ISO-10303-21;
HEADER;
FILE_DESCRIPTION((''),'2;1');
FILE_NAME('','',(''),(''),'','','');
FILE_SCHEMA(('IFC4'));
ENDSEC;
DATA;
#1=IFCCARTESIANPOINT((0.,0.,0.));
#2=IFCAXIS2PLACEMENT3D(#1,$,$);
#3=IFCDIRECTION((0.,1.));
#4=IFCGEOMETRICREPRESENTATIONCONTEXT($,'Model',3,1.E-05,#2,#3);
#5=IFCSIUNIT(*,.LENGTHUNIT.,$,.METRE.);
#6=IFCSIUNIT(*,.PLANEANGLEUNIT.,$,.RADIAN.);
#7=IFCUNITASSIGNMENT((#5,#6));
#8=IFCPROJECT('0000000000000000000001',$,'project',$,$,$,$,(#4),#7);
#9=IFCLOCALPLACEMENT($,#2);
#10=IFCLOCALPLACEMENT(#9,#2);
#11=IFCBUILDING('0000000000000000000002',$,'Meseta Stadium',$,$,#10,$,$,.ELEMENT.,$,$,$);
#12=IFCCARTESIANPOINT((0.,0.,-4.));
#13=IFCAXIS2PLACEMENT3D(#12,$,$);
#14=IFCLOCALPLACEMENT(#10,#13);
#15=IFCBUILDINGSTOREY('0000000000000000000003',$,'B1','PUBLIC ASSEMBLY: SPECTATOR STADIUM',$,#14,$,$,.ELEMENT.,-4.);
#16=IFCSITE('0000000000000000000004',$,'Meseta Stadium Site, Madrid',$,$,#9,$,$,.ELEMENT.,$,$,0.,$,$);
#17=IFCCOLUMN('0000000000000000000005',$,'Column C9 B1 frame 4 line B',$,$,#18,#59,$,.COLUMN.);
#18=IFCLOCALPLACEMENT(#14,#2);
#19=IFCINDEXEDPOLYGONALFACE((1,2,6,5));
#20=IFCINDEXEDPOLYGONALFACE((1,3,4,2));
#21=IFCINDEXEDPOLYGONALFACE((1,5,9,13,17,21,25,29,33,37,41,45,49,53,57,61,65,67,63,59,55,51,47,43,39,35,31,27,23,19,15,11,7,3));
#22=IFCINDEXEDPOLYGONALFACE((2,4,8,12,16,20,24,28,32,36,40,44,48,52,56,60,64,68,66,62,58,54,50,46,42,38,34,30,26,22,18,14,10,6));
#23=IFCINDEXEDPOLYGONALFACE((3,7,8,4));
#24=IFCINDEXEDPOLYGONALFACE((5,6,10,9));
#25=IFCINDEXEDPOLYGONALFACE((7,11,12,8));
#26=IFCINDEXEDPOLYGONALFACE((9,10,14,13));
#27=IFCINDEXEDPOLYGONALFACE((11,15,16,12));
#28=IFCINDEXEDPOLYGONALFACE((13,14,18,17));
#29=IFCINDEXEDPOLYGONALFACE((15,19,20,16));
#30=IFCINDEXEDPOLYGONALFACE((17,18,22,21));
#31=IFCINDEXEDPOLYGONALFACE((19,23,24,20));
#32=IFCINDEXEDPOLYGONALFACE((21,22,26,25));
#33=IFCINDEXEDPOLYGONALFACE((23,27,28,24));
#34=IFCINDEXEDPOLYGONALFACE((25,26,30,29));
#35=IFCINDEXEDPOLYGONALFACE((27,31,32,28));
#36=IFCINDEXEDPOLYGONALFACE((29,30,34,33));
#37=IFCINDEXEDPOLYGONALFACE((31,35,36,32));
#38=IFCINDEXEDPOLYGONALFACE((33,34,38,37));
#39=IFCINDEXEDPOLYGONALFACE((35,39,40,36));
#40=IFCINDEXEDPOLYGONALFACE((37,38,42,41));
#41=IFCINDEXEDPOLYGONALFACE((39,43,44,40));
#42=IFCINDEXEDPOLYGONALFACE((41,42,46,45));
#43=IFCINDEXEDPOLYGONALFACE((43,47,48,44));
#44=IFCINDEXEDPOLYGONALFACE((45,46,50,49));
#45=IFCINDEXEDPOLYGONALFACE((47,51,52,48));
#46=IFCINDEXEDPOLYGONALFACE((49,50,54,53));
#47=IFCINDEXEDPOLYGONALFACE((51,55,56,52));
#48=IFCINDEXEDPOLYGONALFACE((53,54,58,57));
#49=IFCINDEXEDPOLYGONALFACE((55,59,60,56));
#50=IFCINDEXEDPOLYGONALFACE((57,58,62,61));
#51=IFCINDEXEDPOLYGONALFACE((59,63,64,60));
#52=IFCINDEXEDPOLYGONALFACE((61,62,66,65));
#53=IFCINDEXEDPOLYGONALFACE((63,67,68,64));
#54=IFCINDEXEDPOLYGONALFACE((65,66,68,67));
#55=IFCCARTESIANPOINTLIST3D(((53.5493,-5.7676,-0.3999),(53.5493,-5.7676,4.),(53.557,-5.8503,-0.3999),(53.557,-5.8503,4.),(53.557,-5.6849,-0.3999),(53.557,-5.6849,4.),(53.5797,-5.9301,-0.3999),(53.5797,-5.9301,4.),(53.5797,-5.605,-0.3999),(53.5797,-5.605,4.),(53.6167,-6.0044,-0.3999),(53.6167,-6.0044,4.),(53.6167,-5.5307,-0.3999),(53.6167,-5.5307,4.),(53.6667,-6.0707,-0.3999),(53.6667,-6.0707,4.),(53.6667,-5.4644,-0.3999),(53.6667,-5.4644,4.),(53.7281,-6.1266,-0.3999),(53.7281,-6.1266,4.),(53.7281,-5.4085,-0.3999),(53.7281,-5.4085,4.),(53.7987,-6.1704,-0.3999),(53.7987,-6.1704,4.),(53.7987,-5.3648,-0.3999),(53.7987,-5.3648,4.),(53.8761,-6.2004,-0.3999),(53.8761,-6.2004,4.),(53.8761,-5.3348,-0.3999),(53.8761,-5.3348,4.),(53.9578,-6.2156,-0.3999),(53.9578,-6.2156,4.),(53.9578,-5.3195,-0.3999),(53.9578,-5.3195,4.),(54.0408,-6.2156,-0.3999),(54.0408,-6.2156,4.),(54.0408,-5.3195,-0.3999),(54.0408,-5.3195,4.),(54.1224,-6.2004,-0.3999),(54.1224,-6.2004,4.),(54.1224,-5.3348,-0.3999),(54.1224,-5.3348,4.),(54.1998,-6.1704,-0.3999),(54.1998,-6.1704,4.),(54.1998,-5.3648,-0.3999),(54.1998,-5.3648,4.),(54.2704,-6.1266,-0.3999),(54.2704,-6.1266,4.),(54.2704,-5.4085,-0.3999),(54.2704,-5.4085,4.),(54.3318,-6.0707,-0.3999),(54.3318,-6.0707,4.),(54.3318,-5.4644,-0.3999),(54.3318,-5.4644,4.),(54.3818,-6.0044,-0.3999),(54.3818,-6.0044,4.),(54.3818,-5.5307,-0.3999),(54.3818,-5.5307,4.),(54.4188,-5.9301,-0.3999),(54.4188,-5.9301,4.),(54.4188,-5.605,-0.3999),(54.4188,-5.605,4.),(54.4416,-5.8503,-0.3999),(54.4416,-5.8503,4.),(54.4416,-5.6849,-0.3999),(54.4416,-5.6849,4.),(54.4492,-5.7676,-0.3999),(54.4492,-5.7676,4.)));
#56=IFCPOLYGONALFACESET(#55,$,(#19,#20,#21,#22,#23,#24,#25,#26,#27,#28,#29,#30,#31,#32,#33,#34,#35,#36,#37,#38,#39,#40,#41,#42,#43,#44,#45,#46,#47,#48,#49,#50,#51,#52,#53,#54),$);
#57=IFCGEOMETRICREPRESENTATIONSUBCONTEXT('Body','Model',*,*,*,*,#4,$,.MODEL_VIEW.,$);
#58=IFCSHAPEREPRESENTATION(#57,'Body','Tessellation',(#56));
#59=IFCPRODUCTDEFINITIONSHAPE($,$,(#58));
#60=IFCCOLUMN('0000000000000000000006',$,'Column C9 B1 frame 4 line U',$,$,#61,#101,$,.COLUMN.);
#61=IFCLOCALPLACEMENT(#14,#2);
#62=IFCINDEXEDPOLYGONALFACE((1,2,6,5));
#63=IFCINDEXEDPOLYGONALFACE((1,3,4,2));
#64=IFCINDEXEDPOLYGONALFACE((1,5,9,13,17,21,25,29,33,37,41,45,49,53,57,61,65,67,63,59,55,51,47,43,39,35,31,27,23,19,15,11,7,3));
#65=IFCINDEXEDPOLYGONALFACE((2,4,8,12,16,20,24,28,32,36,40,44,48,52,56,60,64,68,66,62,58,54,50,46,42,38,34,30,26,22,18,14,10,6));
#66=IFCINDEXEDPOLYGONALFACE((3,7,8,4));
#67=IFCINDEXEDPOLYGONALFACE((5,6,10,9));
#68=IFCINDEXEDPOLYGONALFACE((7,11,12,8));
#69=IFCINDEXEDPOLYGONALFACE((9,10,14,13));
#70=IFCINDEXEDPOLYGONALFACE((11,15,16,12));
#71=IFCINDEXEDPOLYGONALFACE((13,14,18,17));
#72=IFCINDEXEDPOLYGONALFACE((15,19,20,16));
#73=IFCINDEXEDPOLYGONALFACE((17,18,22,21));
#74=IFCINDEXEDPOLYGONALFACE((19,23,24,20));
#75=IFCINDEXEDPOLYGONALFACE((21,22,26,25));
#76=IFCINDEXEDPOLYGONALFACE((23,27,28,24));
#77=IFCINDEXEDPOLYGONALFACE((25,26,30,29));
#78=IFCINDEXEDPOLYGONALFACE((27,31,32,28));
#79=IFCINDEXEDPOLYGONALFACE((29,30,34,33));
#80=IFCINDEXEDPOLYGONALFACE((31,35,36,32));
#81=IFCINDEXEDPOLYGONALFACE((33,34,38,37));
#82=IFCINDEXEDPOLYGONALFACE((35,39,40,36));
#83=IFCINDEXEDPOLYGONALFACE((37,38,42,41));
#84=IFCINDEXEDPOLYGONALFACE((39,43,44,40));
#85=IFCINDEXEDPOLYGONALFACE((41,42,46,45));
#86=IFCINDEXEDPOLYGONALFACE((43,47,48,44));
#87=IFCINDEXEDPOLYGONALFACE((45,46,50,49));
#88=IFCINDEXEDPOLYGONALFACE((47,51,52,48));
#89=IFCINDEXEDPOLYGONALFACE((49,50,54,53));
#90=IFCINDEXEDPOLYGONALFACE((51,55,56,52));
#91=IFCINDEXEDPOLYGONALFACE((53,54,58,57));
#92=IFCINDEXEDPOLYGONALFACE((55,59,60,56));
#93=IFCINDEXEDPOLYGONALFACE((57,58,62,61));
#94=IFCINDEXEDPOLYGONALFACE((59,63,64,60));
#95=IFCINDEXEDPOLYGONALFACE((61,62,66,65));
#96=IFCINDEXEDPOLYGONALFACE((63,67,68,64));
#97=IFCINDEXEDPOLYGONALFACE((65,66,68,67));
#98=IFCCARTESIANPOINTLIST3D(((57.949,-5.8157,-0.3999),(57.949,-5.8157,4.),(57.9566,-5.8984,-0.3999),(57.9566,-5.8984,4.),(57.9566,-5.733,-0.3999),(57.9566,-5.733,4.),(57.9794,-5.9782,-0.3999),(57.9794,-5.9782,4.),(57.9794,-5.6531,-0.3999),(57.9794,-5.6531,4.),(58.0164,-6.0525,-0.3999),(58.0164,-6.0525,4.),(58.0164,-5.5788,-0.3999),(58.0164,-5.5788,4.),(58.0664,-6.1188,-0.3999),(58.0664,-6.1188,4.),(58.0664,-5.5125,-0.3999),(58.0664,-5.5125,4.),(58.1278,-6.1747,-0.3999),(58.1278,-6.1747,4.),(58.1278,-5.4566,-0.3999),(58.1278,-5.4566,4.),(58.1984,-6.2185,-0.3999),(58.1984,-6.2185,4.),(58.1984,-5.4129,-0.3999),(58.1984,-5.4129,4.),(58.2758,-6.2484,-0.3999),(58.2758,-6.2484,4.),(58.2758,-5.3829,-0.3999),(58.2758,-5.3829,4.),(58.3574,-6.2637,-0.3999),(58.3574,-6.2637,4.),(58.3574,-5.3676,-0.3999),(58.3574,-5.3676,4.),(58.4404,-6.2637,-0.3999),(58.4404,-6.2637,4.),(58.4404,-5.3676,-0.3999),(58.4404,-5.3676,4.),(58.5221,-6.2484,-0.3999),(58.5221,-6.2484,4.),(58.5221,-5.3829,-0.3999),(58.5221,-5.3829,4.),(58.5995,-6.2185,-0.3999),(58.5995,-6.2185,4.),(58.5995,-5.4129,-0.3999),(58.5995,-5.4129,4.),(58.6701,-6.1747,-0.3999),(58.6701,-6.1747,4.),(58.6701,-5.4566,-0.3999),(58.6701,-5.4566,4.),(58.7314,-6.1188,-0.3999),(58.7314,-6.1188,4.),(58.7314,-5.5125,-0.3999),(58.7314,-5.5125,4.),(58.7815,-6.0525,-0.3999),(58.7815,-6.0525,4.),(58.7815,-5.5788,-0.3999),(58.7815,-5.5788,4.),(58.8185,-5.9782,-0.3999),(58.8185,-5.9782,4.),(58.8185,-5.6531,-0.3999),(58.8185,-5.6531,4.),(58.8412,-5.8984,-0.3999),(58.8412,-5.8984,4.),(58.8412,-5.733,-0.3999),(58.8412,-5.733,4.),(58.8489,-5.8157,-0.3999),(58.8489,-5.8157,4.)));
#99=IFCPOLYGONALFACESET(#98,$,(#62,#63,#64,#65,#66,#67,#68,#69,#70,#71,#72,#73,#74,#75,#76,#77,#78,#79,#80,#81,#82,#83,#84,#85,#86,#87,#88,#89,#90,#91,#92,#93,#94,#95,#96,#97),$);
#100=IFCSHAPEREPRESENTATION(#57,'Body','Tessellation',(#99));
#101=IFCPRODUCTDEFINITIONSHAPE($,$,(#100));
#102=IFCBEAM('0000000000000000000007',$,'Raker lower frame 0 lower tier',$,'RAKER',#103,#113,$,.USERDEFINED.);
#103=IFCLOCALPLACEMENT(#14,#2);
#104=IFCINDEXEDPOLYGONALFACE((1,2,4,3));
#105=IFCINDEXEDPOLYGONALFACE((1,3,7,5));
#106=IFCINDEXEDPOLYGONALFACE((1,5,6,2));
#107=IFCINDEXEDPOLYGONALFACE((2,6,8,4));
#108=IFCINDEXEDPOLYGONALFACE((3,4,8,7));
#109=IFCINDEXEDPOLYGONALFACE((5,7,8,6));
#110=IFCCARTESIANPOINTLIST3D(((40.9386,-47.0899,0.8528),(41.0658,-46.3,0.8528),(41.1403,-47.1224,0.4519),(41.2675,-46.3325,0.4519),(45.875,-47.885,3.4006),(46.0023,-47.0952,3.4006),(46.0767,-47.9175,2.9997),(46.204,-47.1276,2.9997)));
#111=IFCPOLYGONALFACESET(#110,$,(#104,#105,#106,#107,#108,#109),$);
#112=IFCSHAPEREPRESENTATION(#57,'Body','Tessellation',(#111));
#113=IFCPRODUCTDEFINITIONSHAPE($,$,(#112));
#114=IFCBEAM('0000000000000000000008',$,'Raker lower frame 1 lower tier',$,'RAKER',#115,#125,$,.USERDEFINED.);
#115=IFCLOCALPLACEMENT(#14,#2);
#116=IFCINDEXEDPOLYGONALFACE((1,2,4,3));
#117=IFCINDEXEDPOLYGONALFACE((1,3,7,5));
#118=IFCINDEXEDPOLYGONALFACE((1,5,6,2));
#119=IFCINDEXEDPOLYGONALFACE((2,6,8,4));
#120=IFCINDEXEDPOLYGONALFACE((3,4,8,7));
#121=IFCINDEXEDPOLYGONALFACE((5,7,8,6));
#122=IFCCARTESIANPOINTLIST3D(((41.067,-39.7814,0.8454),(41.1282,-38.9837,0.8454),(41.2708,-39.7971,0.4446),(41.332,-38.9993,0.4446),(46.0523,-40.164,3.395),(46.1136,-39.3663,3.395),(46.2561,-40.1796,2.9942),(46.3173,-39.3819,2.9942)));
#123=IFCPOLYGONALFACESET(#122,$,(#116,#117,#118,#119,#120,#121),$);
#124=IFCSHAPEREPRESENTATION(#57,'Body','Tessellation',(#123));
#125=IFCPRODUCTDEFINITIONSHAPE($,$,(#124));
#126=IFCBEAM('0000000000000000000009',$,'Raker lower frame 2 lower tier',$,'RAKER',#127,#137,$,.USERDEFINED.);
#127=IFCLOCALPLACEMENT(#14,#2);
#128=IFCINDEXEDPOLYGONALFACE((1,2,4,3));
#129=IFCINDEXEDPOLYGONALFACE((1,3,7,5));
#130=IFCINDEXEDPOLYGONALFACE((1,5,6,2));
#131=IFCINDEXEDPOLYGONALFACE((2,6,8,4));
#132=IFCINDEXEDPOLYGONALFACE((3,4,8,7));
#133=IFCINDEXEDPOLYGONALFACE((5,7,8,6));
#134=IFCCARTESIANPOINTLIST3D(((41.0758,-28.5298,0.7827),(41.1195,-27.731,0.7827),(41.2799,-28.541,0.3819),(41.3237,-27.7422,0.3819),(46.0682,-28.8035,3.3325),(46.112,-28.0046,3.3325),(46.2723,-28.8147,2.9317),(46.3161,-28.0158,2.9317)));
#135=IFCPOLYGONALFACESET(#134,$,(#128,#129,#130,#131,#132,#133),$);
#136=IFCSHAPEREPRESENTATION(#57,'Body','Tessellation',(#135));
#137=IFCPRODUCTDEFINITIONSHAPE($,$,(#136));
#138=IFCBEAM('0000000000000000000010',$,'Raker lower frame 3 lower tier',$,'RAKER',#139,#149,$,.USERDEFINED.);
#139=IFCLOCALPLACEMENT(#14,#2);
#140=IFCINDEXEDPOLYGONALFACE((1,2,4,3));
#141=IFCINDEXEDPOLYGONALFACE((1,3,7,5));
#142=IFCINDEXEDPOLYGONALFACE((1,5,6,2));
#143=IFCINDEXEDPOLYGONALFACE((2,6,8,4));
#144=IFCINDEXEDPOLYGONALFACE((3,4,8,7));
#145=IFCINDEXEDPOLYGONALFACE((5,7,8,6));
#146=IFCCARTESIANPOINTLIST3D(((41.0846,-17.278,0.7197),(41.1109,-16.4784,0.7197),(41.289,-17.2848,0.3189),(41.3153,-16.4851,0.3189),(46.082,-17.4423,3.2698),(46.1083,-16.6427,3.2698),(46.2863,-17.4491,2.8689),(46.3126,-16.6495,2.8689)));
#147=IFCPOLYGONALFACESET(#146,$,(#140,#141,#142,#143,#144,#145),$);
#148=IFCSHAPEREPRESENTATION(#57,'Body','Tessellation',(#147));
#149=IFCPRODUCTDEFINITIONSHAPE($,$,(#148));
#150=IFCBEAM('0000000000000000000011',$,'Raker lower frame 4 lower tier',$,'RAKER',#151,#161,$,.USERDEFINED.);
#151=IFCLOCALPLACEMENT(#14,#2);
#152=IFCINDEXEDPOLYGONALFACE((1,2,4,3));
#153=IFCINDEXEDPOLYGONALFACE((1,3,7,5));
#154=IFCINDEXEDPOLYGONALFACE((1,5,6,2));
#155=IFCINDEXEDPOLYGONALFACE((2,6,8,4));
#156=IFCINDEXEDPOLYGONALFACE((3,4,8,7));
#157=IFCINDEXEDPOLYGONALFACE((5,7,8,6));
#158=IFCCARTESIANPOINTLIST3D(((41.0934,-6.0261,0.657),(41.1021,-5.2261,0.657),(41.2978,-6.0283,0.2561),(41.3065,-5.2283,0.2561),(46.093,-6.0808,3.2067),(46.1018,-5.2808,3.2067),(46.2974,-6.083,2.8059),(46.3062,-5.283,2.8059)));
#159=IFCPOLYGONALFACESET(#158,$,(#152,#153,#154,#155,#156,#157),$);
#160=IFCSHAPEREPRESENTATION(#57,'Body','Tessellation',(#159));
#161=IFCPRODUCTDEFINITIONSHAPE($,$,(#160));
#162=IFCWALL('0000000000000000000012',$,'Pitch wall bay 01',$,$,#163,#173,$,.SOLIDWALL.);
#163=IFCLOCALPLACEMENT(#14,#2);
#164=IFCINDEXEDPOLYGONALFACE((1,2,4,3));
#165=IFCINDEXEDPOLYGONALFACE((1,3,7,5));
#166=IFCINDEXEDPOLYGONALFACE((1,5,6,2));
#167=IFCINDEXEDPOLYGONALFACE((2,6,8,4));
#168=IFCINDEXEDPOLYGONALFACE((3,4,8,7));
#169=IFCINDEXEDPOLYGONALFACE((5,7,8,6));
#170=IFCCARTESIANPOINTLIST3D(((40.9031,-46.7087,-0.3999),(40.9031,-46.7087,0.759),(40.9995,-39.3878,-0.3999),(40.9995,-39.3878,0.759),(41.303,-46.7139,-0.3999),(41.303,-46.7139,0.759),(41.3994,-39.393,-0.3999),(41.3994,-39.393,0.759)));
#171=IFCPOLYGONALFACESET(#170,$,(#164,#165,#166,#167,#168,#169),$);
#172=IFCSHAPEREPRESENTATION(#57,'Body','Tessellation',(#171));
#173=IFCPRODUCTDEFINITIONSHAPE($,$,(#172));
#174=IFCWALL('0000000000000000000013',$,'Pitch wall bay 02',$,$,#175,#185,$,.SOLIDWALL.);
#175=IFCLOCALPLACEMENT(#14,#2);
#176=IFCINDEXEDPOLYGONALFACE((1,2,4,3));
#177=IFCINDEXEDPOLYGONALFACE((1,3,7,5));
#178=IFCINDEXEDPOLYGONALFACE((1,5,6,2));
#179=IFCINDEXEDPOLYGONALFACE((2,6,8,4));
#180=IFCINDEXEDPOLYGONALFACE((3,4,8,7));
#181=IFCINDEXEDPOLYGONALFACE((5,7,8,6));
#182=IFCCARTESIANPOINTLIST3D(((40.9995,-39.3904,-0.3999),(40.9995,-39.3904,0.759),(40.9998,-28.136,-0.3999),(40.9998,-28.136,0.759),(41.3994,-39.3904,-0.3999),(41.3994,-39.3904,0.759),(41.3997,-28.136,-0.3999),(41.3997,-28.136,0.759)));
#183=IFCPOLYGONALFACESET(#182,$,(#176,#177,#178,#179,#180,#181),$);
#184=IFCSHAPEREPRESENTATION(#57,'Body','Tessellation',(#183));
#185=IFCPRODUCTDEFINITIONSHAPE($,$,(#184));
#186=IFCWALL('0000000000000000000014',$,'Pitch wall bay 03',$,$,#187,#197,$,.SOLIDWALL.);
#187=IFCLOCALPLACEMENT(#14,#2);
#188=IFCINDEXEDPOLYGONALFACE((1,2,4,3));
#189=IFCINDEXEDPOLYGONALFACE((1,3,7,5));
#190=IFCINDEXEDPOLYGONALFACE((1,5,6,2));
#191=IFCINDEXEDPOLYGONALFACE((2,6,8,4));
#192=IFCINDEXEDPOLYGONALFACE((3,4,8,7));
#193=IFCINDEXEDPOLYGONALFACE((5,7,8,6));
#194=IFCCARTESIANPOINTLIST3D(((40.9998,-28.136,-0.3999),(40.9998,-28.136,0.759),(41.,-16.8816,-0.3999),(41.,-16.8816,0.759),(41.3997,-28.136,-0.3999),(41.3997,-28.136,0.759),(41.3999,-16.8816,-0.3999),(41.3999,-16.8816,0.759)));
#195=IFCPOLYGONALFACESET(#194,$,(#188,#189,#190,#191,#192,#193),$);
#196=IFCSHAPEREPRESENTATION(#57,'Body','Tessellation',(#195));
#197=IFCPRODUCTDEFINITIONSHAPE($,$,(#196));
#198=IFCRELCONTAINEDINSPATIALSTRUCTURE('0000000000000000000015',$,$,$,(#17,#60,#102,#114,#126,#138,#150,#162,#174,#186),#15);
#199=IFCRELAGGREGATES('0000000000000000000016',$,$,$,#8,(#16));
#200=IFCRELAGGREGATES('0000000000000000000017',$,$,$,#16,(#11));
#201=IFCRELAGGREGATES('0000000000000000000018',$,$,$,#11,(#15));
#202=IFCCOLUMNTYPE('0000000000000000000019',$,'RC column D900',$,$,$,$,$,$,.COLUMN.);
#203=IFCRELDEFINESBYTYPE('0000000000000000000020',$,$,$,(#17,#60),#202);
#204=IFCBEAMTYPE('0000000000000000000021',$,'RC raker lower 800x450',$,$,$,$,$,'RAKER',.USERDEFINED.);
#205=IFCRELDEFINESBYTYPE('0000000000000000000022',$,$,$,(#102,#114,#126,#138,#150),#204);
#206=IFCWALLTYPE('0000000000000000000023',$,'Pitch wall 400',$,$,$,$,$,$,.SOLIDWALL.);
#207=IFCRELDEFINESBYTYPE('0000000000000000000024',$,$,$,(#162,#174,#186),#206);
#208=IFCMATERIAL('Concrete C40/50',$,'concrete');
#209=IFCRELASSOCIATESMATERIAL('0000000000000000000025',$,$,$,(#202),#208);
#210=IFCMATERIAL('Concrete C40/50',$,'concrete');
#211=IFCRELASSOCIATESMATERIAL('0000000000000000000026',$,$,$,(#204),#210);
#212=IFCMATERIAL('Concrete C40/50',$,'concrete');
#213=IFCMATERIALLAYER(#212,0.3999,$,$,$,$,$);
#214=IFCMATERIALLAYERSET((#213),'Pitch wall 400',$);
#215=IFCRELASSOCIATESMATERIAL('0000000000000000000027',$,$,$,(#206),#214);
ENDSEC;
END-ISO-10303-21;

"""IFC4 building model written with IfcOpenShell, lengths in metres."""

from ifc_helpers import new_model, si_unit, direction, frame, frame_2d, origin, origin_2d, place, context, subcontext, project, spatial, rectangle, circle, extrude, material, layer, layer_set, material_profile, profile_set, type_object, element, save


model = new_model("IFC4")

# Units and contexts
model_context = context("Model", 3, precision=1e-05, world=origin(), true_north=direction((0.0, 1.0)))
body_context = subcontext(model_context, "Body", "Model", "MODEL_VIEW")
ifc_project = project(units=[si_unit("LENGTHUNIT", "METRE"), si_unit("PLANEANGLEUNIT", "RADIAN")], contexts=[model_context])

# Site, building, storey
site_placement = place(None, origin())
site = spatial("IfcSite", under=ifc_project, at=site_placement, Name="Meseta Stadium Site, Madrid", CompositionType="ELEMENT", RefElevation=0.0)
building_placement = place(site_placement, origin())
building = spatial("IfcBuilding", under=site, at=building_placement, Name="Meseta Stadium", CompositionType="ELEMENT")
storey_placement = place(building_placement, frame((0.0, 0.0, -4.0)))
storey = spatial("IfcBuildingStorey", under=building, at=storey_placement, Name="B1", Description="PUBLIC ASSEMBLY: SPECTATOR STADIUM", CompositionType="ELEMENT", Elevation=-4.0)

# Columns
ifc_material_1 = material(Name="Concrete C40/50", Category="concrete")
ifc_material_profile_1 = material_profile(ifc_material_1, circle(Radius=0.45, at=origin_2d()), Name="RC D900")
ifc_profile_set_1 = profile_set([ifc_material_profile_1], Name="Concrete C40/50")
column_type_1 = type_object("IfcColumnType", Name="RC column D900", PredefinedType="COLUMN", material=ifc_profile_set_1)
for number, where, z_axis, x_axis, name in (
    (1, (53.9993, -5.7676, -0.3999), (0.0, 0.0, 1.0), (1.0, 0.0, 0.0), "Column C9 B1 frame 4 line B"),
    (2, (58.3989, -5.8157, -0.3999), (0.0, 0.0, 1.0), (1.0, 0.0, 0.0), "Column C9 B1 frame 4 line U"),
):
    element("IfcColumn", number, at=place(storey_placement, frame(where, z_axis=z_axis, x_axis=x_axis)), inside=storey, type_object=column_type_1, Name=name, PredefinedType="COLUMN", context=body_context, shape_type="SweptSolid", body=[
        extrude(circle(Radius=0.45, at=origin_2d()), origin(), (0.0, 0.0, 1.0), 4.3999),
    ])

# Beams
ifc_material_2 = material(Name="Concrete C40/50", Category="concrete")
ifc_material_profile_2 = material_profile(ifc_material_2, rectangle(XDim=0.8, YDim=0.45, at=origin_2d()), Name="RC 800x450")
ifc_profile_set_2 = profile_set([ifc_material_profile_2], Name="Concrete C40/50")
beam_type = type_object("IfcBeamType", Name="RC raker lower 800x450", ElementType="RAKER", PredefinedType="USERDEFINED", material=ifc_profile_set_2)
beam_1_placement = place(storey_placement, frame((41.103, -46.7112, 0.6523), z_axis=(0.879657, -0.141694, 0.454011), x_axis=(0.159028, 0.987274, 0.0)))
element("IfcBeam", 3, at=beam_1_placement, inside=storey, type_object=beam_type, Name="Raker lower frame 0 lower tier", ObjectType="RAKER", PredefinedType="USERDEFINED", context=body_context, shape_type="SweptSolid", body=[
    extrude(rectangle(XDim=0.8, YDim=0.45, at=origin_2d()), origin(), (0.0, 0.0, 1.0), 5.6118),
])
for number, where, z_axis, x_axis, name in (
    (4, (41.1995, -39.3904, 0.645), (0.888256, -0.068163, 0.454263), (0.076514, 0.997069, 0.0), "Raker lower frame 1 lower tier"),
    (5, (41.1997, -28.136, 0.5823), (0.889511, -0.048762, 0.454304), (0.054737, 0.998501, 0.0), "Raker lower frame 2 lower tier"),
):
    element("IfcBeam", number, at=place(storey_placement, frame(where, z_axis=z_axis, x_axis=x_axis)), inside=storey, type_object=beam_type, Name=name, ObjectType="RAKER", PredefinedType="USERDEFINED", context=body_context, shape_type="SweptSolid", body=[
        extrude(rectangle(XDim=0.8, YDim=0.45, at=origin_2d()), origin(), (0.0, 0.0, 1.0), 5.6125),
    ])
beam_2_placement = place(storey_placement, frame((41.2, -16.8816, 0.5193), z_axis=(0.890351, -0.029274, 0.454332), x_axis=(0.032861, 0.99946, 0.0)))
element("IfcBeam", 6, at=beam_2_placement, inside=storey, type_object=beam_type, Name="Raker lower frame 3 lower tier", ObjectType="RAKER", PredefinedType="USERDEFINED", context=body_context, shape_type="SweptSolid", body=[
    extrude(rectangle(XDim=0.8, YDim=0.45, at=origin_2d()), origin(), (0.0, 0.0, 1.0), 5.6128),
])
beam_3_placement = place(storey_placement, frame((41.2, -5.6272, 0.4565), z_axis=(0.890798, -0.009744, 0.454295), x_axis=(0.010937, 0.99994, 0.0)))
element("IfcBeam", 7, at=beam_3_placement, inside=storey, type_object=beam_type, Name="Raker lower frame 4 lower tier", ObjectType="RAKER", PredefinedType="USERDEFINED", context=body_context, shape_type="SweptSolid", body=[
    extrude(rectangle(XDim=0.8, YDim=0.45, at=origin_2d()), origin(), (0.0, 0.0, 1.0), 5.6125),
])

# Walls
ifc_material_3 = material(Name="Concrete C40/50", Category="concrete")
ifc_layer = layer(ifc_material_3, 0.3999)
ifc_layer_set = layer_set([ifc_layer], Name="Pitch wall 400")
wall_type = type_object("IfcWallType", Name="Pitch wall 400", PredefinedType="SOLIDWALL", material=ifc_layer_set)
wall_placement = place(storey_placement, frame((41.103, -46.7112, -0.3999), z_axis=(0.0, 0.0, 1.0), x_axis=(0.013172, 0.999913, 0.0)))
element("IfcWall", 8, at=wall_placement, inside=storey, type_object=wall_type, Name="Pitch wall bay 01", PredefinedType="SOLIDWALL", context=body_context, shape_type="SweptSolid", body=[
    extrude(rectangle(XDim=7.3215, YDim=0.3999, at=frame_2d((3.6606, 0.0))), origin(), (0.0, 0.0, 1.0), 1.1589),
])
for number, where, z_axis, x_axis, name in (
    (9, (41.1995, -39.3904, -0.3999), (0.0, 0.0, 1.0), (0.000022, 1.0, 0.0), "Pitch wall bay 02"),
    (10, (41.1997, -28.136, -0.3999), (0.0, 0.0, 1.0), (0.000022, 1.0, 0.0), "Pitch wall bay 03"),
):
    element("IfcWall", number, at=place(storey_placement, frame(where, z_axis=z_axis, x_axis=x_axis)), inside=storey, type_object=wall_type, Name=name, PredefinedType="SOLIDWALL", context=body_context, shape_type="SweptSolid", body=[
        extrude(rectangle(XDim=11.2544, YDim=0.3999, at=frame_2d((5.6272, 0.0))), origin(), (0.0, 0.0, 1.0), 1.1589),
    ])

save(model, "model.ifc")
